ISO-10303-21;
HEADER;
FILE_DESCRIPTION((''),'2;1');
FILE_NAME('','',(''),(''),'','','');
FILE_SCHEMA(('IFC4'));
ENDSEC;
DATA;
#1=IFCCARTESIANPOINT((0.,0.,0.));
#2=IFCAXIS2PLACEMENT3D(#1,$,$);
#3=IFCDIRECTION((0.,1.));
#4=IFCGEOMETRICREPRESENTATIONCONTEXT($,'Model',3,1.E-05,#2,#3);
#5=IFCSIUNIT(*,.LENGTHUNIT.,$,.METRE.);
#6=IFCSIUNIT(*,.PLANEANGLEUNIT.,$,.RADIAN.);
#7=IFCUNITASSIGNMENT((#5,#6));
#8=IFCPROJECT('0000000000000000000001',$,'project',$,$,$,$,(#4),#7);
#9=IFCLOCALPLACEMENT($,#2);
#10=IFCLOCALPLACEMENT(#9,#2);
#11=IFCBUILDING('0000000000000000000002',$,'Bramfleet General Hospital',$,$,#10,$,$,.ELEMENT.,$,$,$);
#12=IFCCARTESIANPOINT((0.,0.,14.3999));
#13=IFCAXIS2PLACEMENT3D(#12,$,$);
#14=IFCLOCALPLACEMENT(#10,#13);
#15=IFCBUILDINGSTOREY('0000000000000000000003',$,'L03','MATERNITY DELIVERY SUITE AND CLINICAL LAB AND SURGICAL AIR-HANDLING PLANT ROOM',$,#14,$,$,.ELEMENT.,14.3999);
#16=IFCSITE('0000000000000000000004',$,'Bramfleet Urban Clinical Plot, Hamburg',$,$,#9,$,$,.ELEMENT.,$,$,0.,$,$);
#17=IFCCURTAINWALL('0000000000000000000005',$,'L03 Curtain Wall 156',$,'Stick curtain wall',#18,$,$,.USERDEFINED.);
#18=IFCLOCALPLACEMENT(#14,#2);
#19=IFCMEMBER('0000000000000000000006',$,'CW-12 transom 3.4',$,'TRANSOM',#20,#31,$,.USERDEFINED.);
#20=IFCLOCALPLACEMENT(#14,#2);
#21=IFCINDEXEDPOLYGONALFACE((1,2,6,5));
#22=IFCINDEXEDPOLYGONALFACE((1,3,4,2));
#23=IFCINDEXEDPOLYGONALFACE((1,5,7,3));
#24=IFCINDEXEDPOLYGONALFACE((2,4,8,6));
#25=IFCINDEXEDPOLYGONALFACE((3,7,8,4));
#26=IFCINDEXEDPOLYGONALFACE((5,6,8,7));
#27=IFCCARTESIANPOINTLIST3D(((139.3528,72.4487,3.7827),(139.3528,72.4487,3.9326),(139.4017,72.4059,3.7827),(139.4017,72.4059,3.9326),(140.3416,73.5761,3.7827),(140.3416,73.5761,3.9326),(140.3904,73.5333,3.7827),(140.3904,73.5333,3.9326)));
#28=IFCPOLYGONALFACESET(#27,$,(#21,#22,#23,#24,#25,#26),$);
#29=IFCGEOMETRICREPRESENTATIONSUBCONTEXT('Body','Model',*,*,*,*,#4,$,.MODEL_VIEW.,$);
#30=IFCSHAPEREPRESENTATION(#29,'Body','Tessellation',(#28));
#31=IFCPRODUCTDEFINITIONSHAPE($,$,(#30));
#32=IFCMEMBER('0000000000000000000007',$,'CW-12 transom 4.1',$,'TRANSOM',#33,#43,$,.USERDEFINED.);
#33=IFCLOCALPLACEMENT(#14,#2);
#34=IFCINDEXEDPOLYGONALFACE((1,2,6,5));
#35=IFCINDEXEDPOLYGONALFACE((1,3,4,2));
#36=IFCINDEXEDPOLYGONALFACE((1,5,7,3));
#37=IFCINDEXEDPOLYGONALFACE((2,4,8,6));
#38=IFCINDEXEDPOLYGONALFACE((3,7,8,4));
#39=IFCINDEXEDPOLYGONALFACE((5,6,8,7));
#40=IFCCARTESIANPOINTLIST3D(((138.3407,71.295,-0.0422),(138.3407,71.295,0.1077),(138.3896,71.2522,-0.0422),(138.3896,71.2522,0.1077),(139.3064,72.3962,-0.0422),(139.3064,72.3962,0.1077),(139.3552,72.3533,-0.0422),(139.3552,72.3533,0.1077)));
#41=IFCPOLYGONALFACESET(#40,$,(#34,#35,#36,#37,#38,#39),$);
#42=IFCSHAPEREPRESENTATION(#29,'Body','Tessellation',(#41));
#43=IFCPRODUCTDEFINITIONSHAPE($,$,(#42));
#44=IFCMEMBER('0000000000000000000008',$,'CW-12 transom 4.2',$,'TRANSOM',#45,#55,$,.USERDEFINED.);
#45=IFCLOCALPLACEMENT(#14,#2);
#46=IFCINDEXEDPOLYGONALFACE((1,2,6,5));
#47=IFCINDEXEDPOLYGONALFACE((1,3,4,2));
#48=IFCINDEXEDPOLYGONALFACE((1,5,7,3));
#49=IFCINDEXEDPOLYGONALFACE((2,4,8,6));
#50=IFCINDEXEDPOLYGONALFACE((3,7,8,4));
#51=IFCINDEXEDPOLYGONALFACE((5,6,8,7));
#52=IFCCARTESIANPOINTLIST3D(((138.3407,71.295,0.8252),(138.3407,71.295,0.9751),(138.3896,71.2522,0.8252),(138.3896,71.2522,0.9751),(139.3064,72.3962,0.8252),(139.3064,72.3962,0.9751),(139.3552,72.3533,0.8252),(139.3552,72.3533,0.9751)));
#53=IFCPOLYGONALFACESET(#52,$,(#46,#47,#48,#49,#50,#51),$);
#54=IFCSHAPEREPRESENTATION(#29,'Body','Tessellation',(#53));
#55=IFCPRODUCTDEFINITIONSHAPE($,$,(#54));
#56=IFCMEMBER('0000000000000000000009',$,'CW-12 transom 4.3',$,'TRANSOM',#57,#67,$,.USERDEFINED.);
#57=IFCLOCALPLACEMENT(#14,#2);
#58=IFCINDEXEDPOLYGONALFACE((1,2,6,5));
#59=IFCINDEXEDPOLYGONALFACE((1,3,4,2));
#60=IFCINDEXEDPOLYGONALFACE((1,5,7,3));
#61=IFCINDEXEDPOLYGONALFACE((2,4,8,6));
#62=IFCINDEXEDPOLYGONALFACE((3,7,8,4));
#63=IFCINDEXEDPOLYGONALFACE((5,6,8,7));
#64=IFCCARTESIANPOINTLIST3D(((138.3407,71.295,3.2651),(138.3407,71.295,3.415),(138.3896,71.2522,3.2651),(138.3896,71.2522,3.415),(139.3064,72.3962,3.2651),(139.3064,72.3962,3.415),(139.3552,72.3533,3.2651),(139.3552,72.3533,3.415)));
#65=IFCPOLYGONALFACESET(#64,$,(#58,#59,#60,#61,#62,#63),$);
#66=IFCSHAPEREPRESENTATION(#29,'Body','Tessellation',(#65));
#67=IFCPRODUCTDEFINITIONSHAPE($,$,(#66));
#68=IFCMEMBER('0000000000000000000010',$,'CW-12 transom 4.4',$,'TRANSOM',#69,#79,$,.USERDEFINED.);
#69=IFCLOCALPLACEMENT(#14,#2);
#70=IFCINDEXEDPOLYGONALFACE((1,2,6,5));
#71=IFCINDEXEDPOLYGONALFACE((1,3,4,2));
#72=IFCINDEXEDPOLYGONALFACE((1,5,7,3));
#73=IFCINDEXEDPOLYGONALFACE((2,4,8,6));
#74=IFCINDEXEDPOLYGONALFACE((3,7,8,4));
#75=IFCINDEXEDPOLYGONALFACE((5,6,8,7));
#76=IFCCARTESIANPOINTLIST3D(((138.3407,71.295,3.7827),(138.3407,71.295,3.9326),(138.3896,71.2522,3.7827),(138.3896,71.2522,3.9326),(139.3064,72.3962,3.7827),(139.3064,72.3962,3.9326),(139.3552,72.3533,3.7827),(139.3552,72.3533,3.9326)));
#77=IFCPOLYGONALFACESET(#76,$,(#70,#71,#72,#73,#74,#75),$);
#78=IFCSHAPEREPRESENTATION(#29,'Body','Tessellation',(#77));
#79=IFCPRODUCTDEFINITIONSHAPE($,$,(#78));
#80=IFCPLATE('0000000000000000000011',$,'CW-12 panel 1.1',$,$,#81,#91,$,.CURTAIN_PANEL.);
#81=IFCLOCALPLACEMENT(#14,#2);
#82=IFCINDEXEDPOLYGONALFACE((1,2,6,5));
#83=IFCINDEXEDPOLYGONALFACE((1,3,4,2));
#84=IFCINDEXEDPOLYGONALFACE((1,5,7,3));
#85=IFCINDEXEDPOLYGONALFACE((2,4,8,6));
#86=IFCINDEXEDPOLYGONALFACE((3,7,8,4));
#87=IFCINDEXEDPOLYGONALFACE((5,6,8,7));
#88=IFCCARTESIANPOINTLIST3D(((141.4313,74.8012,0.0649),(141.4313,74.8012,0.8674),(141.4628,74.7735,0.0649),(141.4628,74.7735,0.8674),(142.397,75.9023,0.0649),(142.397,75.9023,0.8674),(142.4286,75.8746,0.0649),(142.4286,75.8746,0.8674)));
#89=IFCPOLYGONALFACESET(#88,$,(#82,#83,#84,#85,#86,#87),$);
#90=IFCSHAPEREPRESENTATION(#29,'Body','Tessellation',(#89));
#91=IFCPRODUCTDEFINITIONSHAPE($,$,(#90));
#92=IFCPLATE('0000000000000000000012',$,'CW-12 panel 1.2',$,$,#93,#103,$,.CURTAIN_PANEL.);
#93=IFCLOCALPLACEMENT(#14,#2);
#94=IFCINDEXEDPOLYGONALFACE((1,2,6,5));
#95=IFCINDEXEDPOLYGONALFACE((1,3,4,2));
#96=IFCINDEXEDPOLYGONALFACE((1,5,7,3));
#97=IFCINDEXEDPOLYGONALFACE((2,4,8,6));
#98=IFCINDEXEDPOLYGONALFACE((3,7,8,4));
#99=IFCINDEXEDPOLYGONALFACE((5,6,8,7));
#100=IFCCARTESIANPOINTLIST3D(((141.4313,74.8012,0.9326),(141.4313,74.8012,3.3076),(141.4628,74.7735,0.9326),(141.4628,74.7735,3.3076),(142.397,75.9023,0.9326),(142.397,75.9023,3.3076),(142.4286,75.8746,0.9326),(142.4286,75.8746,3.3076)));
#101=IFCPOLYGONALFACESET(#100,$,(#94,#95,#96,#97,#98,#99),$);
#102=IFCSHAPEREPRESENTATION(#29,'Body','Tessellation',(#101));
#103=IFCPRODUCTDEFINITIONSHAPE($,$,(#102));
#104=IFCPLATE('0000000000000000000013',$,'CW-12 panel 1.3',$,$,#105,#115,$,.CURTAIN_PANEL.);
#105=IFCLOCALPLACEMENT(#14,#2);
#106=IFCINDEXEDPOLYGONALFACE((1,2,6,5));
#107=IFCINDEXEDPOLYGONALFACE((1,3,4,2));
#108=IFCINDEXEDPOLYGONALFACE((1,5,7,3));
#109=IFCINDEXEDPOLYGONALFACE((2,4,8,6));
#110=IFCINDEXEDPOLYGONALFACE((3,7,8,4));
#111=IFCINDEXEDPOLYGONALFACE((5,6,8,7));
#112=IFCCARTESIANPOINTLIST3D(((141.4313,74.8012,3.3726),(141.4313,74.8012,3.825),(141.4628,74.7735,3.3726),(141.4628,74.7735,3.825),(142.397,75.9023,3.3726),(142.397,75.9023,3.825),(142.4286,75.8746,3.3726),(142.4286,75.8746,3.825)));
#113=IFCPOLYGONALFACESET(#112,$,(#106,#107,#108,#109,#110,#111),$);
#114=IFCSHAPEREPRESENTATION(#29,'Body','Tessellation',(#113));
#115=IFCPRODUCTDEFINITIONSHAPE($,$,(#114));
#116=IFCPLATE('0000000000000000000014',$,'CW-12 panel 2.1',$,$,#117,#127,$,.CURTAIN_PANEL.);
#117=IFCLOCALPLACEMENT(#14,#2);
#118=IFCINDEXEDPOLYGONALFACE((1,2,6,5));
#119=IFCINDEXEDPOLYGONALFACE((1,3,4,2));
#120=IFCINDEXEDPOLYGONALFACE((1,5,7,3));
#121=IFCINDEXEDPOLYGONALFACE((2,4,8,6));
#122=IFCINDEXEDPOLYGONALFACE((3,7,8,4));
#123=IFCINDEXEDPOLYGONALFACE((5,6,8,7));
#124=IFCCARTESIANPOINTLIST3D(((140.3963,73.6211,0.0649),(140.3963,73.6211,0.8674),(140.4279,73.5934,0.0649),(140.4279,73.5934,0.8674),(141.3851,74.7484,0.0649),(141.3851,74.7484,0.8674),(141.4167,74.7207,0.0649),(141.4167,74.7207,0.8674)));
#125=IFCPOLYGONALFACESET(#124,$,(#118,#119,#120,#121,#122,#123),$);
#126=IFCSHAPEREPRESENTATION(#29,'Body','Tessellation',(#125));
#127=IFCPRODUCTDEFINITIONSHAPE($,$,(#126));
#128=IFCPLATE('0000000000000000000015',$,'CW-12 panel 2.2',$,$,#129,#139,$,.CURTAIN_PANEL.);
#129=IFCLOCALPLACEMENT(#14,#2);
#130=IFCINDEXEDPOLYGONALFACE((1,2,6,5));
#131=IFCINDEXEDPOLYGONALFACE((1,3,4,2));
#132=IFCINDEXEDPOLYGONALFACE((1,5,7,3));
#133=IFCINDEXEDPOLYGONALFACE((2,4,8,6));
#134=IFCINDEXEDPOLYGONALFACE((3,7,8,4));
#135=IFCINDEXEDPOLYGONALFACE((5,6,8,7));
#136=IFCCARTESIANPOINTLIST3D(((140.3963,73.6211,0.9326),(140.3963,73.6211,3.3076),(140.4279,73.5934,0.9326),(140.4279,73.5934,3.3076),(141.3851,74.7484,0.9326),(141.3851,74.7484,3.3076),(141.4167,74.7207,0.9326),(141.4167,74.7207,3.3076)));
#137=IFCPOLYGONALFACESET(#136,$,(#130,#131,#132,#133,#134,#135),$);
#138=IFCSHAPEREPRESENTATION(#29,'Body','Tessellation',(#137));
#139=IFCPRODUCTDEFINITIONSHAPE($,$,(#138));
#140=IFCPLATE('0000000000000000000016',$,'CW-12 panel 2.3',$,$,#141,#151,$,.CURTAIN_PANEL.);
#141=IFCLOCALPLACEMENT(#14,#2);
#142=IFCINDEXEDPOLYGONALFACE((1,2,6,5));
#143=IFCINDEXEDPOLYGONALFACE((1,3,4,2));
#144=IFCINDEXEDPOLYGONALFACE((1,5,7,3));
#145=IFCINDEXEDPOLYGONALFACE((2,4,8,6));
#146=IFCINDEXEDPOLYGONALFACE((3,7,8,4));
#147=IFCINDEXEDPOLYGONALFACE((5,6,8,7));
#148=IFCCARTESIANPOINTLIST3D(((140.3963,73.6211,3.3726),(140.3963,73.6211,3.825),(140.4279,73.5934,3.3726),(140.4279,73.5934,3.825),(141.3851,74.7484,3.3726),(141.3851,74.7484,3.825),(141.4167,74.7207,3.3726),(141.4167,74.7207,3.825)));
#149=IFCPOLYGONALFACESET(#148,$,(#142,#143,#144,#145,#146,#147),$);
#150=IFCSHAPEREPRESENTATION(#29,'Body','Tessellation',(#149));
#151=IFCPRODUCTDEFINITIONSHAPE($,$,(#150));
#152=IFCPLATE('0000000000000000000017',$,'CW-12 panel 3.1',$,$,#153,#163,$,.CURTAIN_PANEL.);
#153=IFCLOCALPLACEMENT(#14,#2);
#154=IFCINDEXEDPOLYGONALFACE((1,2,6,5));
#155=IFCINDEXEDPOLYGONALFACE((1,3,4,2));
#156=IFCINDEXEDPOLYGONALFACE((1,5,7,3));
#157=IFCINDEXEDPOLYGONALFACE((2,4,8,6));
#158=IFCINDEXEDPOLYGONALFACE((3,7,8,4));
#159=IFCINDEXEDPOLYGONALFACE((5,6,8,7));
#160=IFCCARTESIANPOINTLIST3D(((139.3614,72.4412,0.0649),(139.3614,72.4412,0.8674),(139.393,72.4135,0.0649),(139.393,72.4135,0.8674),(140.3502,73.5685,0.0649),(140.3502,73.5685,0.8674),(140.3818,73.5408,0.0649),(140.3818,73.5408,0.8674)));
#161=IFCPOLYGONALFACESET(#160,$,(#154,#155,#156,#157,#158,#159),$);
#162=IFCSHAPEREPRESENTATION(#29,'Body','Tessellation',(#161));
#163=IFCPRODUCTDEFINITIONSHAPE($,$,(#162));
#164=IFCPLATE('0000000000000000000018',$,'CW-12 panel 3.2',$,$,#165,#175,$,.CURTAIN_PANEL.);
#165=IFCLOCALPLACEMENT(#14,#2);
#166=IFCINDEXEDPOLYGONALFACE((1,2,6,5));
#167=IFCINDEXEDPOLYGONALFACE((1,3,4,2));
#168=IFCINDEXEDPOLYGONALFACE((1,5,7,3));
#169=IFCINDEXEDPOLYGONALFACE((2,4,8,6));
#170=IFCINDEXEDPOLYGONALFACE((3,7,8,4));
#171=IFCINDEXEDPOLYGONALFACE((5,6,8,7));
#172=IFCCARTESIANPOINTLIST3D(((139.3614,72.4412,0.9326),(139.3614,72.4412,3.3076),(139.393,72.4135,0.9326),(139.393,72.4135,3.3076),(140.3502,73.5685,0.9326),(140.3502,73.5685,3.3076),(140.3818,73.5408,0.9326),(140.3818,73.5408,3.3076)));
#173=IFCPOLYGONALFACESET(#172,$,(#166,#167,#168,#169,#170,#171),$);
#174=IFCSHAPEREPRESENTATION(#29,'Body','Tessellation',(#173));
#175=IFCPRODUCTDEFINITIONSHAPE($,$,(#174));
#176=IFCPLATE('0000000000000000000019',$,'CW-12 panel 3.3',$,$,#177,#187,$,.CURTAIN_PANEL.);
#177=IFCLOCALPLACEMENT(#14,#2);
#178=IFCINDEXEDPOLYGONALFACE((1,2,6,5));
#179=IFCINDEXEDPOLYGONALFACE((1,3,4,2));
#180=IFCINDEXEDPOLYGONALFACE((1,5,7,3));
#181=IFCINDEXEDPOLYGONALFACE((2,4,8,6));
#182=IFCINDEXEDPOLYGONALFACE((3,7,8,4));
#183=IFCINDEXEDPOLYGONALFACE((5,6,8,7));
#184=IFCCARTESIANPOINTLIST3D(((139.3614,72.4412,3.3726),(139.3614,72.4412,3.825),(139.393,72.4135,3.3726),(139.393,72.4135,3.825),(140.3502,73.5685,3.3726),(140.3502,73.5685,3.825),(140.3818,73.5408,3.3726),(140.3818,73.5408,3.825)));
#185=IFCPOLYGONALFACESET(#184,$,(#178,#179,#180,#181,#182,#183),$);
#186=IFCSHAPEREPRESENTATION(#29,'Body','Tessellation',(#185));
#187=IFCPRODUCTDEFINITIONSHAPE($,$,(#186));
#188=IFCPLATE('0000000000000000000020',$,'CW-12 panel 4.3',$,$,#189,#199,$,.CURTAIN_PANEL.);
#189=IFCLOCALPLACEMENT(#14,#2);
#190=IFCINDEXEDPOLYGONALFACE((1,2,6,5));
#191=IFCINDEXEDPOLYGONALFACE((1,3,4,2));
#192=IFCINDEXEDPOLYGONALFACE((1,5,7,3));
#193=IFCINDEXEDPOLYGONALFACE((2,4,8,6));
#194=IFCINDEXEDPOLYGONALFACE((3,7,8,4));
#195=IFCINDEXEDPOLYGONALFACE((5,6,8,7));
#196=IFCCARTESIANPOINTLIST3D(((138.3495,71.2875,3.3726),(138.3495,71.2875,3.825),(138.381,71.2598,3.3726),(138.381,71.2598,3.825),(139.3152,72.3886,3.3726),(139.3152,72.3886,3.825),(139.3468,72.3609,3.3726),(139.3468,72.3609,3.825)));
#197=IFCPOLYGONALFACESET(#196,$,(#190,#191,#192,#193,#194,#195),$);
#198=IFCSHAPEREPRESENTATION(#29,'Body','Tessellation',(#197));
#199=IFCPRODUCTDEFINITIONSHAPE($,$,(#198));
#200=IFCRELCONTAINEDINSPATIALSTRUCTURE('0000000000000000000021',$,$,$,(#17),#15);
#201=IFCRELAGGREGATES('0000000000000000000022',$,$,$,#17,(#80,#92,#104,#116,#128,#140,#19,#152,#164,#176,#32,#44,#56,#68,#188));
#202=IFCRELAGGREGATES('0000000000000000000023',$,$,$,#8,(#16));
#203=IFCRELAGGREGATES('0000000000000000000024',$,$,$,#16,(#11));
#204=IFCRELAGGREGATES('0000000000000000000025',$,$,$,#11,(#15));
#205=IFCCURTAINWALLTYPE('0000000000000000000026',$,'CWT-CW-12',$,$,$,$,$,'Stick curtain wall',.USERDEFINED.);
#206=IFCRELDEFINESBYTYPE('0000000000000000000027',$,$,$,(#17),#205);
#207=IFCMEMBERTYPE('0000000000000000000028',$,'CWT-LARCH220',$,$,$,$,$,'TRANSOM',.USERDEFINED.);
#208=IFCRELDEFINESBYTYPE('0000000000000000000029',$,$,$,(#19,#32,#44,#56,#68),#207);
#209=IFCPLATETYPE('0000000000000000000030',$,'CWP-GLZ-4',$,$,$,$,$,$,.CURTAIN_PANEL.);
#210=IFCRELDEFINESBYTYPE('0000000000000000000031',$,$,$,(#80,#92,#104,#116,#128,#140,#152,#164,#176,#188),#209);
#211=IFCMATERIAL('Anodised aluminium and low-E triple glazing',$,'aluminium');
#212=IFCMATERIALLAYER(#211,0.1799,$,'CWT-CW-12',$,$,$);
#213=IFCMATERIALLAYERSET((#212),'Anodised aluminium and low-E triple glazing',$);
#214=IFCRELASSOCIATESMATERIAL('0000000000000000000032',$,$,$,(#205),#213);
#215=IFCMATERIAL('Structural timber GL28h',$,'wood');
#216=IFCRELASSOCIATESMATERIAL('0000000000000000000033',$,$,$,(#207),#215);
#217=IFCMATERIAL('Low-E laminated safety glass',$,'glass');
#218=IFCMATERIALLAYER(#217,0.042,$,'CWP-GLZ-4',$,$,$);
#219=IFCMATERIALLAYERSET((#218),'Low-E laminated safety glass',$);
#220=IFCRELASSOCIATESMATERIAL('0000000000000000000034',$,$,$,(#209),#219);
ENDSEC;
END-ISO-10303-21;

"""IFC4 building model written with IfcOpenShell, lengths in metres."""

from ifc_helpers import new_model, si_unit, direction, frame, origin, origin_2d, place, context, subcontext, project, spatial, rectangle, extrude, material, layer, layer_set, material_profile, profile_set, type_object, element, aggregate, save


model = new_model("IFC4")

# Units and contexts
model_context = context("Model", 3, precision=1e-05, world=origin(), true_north=direction((0.0, 1.0)))
body_context = subcontext(model_context, "Body", "Model", "MODEL_VIEW")
ifc_project = project(units=[si_unit("LENGTHUNIT", "METRE"), si_unit("PLANEANGLEUNIT", "RADIAN")], contexts=[model_context])

# Site, building, storey
site_placement = place(None, origin())
site = spatial("IfcSite", under=ifc_project, at=site_placement, Name="Bramfleet Urban Clinical Plot, Hamburg", CompositionType="ELEMENT", RefElevation=0.0)
building_placement = place(site_placement, origin())
building = spatial("IfcBuilding", under=site, at=building_placement, Name="Bramfleet General Hospital", CompositionType="ELEMENT")
storey_placement = place(building_placement, frame((0.0, 0.0, 14.3999)))
storey = spatial("IfcBuildingStorey", under=building, at=storey_placement, Name="L03", Description="MATERNITY DELIVERY SUITE AND CLINICAL LAB AND SURGICAL AIR-HANDLING PLANT ROOM", CompositionType="ELEMENT", Elevation=14.3999)

# Curtain wall, members, plates
ifc_material_1 = material(Name="Anodised aluminium and low-E triple glazing", Category="aluminium")
ifc_layer_1 = layer(ifc_material_1, 0.1799, Name="CWT-CW-12")
ifc_layer_set_1 = layer_set([ifc_layer_1], Name="Anodised aluminium and low-E triple glazing")
curtain_wall_type = type_object("IfcCurtainWallType", Name="CWT-CW-12", ElementType="Stick curtain wall", PredefinedType="USERDEFINED", material=ifc_layer_set_1)
curtain_wall_placement = place(storey_placement, origin())
curtain_wall = element("IfcCurtainWall", 1, at=curtain_wall_placement, inside=storey, type_object=curtain_wall_type, Name="L03 Curtain Wall 156", ObjectType="Stick curtain wall", PredefinedType="USERDEFINED")
ifc_material_2 = material(Name="Structural timber GL28h", Category="wood")
ifc_material_profile_1 = material_profile(ifc_material_2, rectangle(XDim=0.0649, YDim=0.1499, at=origin_2d()), Name="LARCH 150x65")
ifc_profile_set_1 = profile_set([ifc_material_profile_1], Name="Structural timber GL28h")
member_type_1 = type_object("IfcMemberType", Name="CWT-LARCH220", ElementType="TRANSOM", PredefinedType="USERDEFINED", material=ifc_profile_set_1)
member_1_placement = place(storey_placement, frame((140.366, 73.5547, 3.8577), z_axis=(-0.659357, -0.75183, 0.0), x_axis=(0.75183, -0.659357, 0.0)))
member_1 = element("IfcMember", 2, at=member_1_placement, type_object=member_type_1, Name="CW-12 transom 3.4", ObjectType="TRANSOM", PredefinedType="USERDEFINED", context=body_context, shape_type="SweptSolid", body=[
    extrude(rectangle(XDim=0.0649, YDim=0.1499, at=origin_2d()), origin(), (0.0, 0.0, 1.0), 1.4995),
])
member_2_placement = place(storey_placement, frame((139.3308, 72.3748, 0.0327), z_axis=(-0.65933, -0.751853, 0.0), x_axis=(0.751853, -0.65933, 0.0)))
member_2 = element("IfcMember", 3, at=member_2_placement, type_object=member_type_1, Name="CW-12 transom 4.1", ObjectType="TRANSOM", PredefinedType="USERDEFINED", context=body_context, shape_type="SweptSolid", body=[
    extrude(rectangle(XDim=0.0649, YDim=0.1499, at=origin_2d()), origin(), (0.0, 0.0, 1.0), 1.4646),
])
member_3_placement = place(storey_placement, frame((139.3308, 72.3748, 0.9001), z_axis=(-0.65933, -0.751853, 0.0), x_axis=(0.751853, -0.65933, 0.0)))
member_3 = element("IfcMember", 4, at=member_3_placement, type_object=member_type_1, Name="CW-12 transom 4.2", ObjectType="TRANSOM", PredefinedType="USERDEFINED", context=body_context, shape_type="SweptSolid", body=[
    extrude(rectangle(XDim=0.0649, YDim=0.1499, at=origin_2d()), origin(), (0.0, 0.0, 1.0), 1.4646),
])
member_4_placement = place(storey_placement, frame((139.3308, 72.3748, 3.3401), z_axis=(-0.65933, -0.751853, 0.0), x_axis=(0.751853, -0.65933, 0.0)))
member_4 = element("IfcMember", 5, at=member_4_placement, type_object=member_type_1, Name="CW-12 transom 4.3", ObjectType="TRANSOM", PredefinedType="USERDEFINED", context=body_context, shape_type="SweptSolid", body=[
    extrude(rectangle(XDim=0.0649, YDim=0.1499, at=origin_2d()), origin(), (0.0, 0.0, 1.0), 1.4646),
])
member_5_placement = place(storey_placement, frame((139.3308, 72.3748, 3.8577), z_axis=(-0.65933, -0.751853, 0.0), x_axis=(0.751853, -0.65933, 0.0)))
member_5 = element("IfcMember", 6, at=member_5_placement, type_object=member_type_1, Name="CW-12 transom 4.4", ObjectType="TRANSOM", PredefinedType="USERDEFINED", context=body_context, shape_type="SweptSolid", body=[
    extrude(rectangle(XDim=0.0649, YDim=0.1499, at=origin_2d()), origin(), (0.0, 0.0, 1.0), 1.4646),
])
ifc_material_3 = material(Name="Low-E laminated safety glass", Category="glass")
ifc_layer_2 = layer(ifc_material_3, 0.042, Name="CWP-GLZ-4")
ifc_layer_set_2 = layer_set([ifc_layer_2], Name="Low-E laminated safety glass")
plate_type = type_object("IfcPlateType", Name="CWP-GLZ-4", PredefinedType="CURTAIN_PANEL", material=ifc_layer_set_2)
plate_1_placement = place(storey_placement, frame((141.9299, 75.3379, 0.0649), z_axis=(0.0, 0.0, 1.0), x_axis=(-0.659406, -0.751787, 0.0)))
plate_1 = element("IfcPlate", 7, at=plate_1_placement, type_object=plate_type, Name="CW-12 panel 1.1", PredefinedType="CURTAIN_PANEL", context=body_context, shape_type="SweptSolid", body=[
    extrude(rectangle(XDim=1.4646, YDim=0.042, at=origin_2d()), origin(), (0.0, 0.0, 1.0), 0.8025),
])
plate_2_placement = place(storey_placement, frame((141.9299, 75.3379, 0.9326), z_axis=(0.0, 0.0, 1.0), x_axis=(-0.659406, -0.751787, 0.0)))
plate_2 = element("IfcPlate", 8, at=plate_2_placement, type_object=plate_type, Name="CW-12 panel 1.2", PredefinedType="CURTAIN_PANEL", context=body_context, shape_type="SweptSolid", body=[
    extrude(rectangle(XDim=1.4646, YDim=0.042, at=origin_2d()), origin(), (0.0, 0.0, 1.0), 2.375),
])
plate_3_placement = place(storey_placement, frame((141.9299, 75.3379, 3.3726), z_axis=(0.0, 0.0, 1.0), x_axis=(-0.659406, -0.751787, 0.0)))
plate_3 = element("IfcPlate", 9, at=plate_3_placement, type_object=plate_type, Name="CW-12 panel 1.3", PredefinedType="CURTAIN_PANEL", context=body_context, shape_type="SweptSolid", body=[
    extrude(rectangle(XDim=1.4646, YDim=0.042, at=origin_2d()), origin(), (0.0, 0.0, 1.0), 0.4524),
])
plate_4_placement = place(storey_placement, frame((140.9065, 74.1709, 0.0649), z_axis=(0.0, 0.0, 1.0), x_axis=(-0.659406, -0.751787, 0.0)))
plate_4 = element("IfcPlate", 10, at=plate_4_placement, type_object=plate_type, Name="CW-12 panel 2.1", PredefinedType="CURTAIN_PANEL", context=body_context, shape_type="SweptSolid", body=[
    extrude(rectangle(XDim=1.4995, YDim=0.042, at=origin_2d()), origin(), (0.0, 0.0, 1.0), 0.8025),
])
plate_5_placement = place(storey_placement, frame((140.9065, 74.1709, 0.9326), z_axis=(0.0, 0.0, 1.0), x_axis=(-0.659406, -0.751787, 0.0)))
plate_5 = element("IfcPlate", 11, at=plate_5_placement, type_object=plate_type, Name="CW-12 panel 2.2", PredefinedType="CURTAIN_PANEL", context=body_context, shape_type="SweptSolid", body=[
    extrude(rectangle(XDim=1.4995, YDim=0.042, at=origin_2d()), origin(), (0.0, 0.0, 1.0), 2.375),
])
plate_6_placement = place(storey_placement, frame((140.9065, 74.1709, 3.3726), z_axis=(0.0, 0.0, 1.0), x_axis=(-0.659406, -0.751787, 0.0)))
plate_6 = element("IfcPlate", 12, at=plate_6_placement, type_object=plate_type, Name="CW-12 panel 2.3", PredefinedType="CURTAIN_PANEL", context=body_context, shape_type="SweptSolid", body=[
    extrude(rectangle(XDim=1.4995, YDim=0.042, at=origin_2d()), origin(), (0.0, 0.0, 1.0), 0.4524),
])
plate_7_placement = place(storey_placement, frame((139.8716, 72.991, 0.0649), z_axis=(0.0, 0.0, 1.0), x_axis=(-0.659406, -0.751787, 0.0)))
plate_7 = element("IfcPlate", 13, at=plate_7_placement, type_object=plate_type, Name="CW-12 panel 3.1", PredefinedType="CURTAIN_PANEL", context=body_context, shape_type="SweptSolid", body=[
    extrude(rectangle(XDim=1.4995, YDim=0.042, at=origin_2d()), origin(), (0.0, 0.0, 1.0), 0.8025),
])
plate_8_placement = place(storey_placement, frame((139.8716, 72.991, 0.9326), z_axis=(0.0, 0.0, 1.0), x_axis=(-0.659406, -0.751787, 0.0)))
plate_8 = element("IfcPlate", 14, at=plate_8_placement, type_object=plate_type, Name="CW-12 panel 3.2", PredefinedType="CURTAIN_PANEL", context=body_context, shape_type="SweptSolid", body=[
    extrude(rectangle(XDim=1.4995, YDim=0.042, at=origin_2d()), origin(), (0.0, 0.0, 1.0), 2.375),
])
plate_9_placement = place(storey_placement, frame((139.8716, 72.991, 3.3726), z_axis=(0.0, 0.0, 1.0), x_axis=(-0.659406, -0.751787, 0.0)))
plate_9 = element("IfcPlate", 15, at=plate_9_placement, type_object=plate_type, Name="CW-12 panel 3.3", PredefinedType="CURTAIN_PANEL", context=body_context, shape_type="SweptSolid", body=[
    extrude(rectangle(XDim=1.4995, YDim=0.042, at=origin_2d()), origin(), (0.0, 0.0, 1.0), 0.4524),
])
plate_10_placement = place(storey_placement, frame((138.8481, 71.8242, 3.3726), z_axis=(0.0, 0.0, 1.0), x_axis=(-0.659406, -0.751787, 0.0)))
plate_10 = element("IfcPlate", 16, at=plate_10_placement, type_object=plate_type, Name="CW-12 panel 4.3", PredefinedType="CURTAIN_PANEL", context=body_context, shape_type="SweptSolid", body=[
    extrude(rectangle(XDim=1.4646, YDim=0.042, at=origin_2d()), origin(), (0.0, 0.0, 1.0), 0.4524),
])
aggregate(curtain_wall, [plate_1, plate_2, plate_3, plate_4, plate_5, plate_6, member_1, plate_7, plate_8, plate_9, member_2, member_3, member_4, member_5, plate_10])

save(model, "model.ifc")
